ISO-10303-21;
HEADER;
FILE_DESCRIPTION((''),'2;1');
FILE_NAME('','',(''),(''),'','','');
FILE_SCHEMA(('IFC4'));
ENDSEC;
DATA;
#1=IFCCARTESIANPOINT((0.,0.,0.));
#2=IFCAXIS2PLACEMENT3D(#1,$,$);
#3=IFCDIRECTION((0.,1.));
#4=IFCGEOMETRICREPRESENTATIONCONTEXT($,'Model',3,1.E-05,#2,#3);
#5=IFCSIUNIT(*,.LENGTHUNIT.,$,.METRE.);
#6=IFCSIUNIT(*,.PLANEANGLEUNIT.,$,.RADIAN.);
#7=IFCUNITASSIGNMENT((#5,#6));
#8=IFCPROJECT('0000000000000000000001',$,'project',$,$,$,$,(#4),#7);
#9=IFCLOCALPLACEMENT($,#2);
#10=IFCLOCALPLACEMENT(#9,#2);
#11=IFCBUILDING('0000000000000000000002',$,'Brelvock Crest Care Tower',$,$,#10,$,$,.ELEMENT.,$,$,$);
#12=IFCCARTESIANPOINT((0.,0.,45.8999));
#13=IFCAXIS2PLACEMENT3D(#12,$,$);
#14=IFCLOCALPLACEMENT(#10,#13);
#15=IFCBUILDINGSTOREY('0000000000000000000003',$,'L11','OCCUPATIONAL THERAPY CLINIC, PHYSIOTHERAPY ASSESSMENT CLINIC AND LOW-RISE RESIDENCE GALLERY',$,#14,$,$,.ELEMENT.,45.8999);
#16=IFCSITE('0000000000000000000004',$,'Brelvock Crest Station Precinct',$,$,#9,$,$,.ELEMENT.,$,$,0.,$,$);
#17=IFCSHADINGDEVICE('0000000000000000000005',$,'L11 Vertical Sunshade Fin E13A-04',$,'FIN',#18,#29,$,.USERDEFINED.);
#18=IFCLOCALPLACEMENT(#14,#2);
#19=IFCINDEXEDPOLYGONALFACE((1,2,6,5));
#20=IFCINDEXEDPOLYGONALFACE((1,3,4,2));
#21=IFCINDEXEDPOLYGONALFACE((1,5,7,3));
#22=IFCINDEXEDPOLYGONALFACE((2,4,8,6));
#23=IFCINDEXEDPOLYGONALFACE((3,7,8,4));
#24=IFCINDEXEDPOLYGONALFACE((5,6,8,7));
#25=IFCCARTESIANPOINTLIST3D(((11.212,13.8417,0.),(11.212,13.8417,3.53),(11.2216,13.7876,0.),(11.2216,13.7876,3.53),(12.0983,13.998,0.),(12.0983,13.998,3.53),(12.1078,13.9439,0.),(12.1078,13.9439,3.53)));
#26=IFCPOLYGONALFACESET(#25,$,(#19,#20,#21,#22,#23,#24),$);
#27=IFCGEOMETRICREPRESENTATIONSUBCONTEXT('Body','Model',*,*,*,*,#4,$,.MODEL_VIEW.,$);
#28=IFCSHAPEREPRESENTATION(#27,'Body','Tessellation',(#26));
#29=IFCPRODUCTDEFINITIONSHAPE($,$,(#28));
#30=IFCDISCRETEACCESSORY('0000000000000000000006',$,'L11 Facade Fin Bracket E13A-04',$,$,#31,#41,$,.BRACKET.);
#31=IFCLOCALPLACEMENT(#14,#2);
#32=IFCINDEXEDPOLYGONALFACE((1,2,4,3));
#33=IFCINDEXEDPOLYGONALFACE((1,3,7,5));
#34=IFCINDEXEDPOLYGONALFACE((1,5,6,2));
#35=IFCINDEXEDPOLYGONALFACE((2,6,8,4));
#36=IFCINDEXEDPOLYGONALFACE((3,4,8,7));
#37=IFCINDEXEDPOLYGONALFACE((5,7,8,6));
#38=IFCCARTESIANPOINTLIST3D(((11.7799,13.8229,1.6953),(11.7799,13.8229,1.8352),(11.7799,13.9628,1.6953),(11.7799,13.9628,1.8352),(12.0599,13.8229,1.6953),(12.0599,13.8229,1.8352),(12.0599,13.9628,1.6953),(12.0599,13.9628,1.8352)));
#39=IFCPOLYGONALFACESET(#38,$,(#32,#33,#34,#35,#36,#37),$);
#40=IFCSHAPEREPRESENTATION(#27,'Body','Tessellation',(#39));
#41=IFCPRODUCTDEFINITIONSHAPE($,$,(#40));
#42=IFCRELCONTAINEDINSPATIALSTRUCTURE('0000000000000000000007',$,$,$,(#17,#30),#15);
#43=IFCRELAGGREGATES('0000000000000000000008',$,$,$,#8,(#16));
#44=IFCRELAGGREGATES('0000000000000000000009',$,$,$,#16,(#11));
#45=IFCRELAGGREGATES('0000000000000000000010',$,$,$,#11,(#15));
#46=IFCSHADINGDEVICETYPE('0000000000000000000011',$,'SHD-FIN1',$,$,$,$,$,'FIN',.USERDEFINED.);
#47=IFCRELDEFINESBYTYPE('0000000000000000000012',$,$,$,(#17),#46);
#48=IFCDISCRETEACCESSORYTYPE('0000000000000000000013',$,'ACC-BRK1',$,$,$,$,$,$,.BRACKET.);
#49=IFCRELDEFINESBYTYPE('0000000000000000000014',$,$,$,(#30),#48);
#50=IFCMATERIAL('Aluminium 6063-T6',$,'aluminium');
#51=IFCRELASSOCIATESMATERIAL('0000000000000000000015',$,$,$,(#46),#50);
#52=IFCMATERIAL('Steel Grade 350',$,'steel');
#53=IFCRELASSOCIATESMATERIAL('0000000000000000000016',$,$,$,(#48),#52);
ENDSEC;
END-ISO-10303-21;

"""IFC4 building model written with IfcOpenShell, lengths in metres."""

from ifc_helpers import new_model, si_unit, direction, frame, origin, origin_2d, place, context, subcontext, project, spatial, rectangle, extrude, source, transform, mapped, material, material_profile, profile_set, type_object, element, save


model = new_model("IFC4")

# Units and contexts
model_context = context("Model", 3, precision=1e-05, world=origin(), true_north=direction((0.0, 1.0)))
body_context = subcontext(model_context, "Body", "Model", "MODEL_VIEW")
ifc_project = project(units=[si_unit("LENGTHUNIT", "METRE"), si_unit("PLANEANGLEUNIT", "RADIAN")], contexts=[model_context])

# Site, building, storey
site_placement = place(None, origin())
site = spatial("IfcSite", under=ifc_project, at=site_placement, Name="Brelvock Crest Station Precinct", CompositionType="ELEMENT", RefElevation=0.0)
building_placement = place(site_placement, origin())
building = spatial("IfcBuilding", under=site, at=building_placement, Name="Brelvock Crest Care Tower", CompositionType="ELEMENT")
storey_placement = place(building_placement, frame((0.0, 0.0, 45.8999)))
storey = spatial("IfcBuildingStorey", under=building, at=storey_placement, Name="L11", Description="OCCUPATIONAL THERAPY CLINIC, PHYSIOTHERAPY ASSESSMENT CLINIC AND LOW-RISE RESIDENCE GALLERY", CompositionType="ELEMENT", Elevation=45.8999)

# Shared definitions
ifc_material_1 = material(Name="Steel Grade 350", Category="steel")

# Shared definitions
ifc_material_2 = material(Name="Aluminium 6063-T6", Category="aluminium")

# Shading device
ifc_material_profile_1 = material_profile(ifc_material_2, rectangle(XDim=0.0549, YDim=0.8999, at=origin_2d()), Name="FIN55x900")
ifc_profile_set_1 = profile_set([ifc_material_profile_1], Name="Aluminium 6063-T6")
shading_device_type = type_object("IfcShadingDeviceType", Name="SHD-FIN1", ElementType="FIN", PredefinedType="USERDEFINED", material=ifc_profile_set_1)
shared_shape_1 = source(origin(), body_context, "Body", "SweptSolid", [
    extrude(rectangle(XDim=0.0549, YDim=0.8999, at=origin_2d()), origin(), (0.0, 0.0, 1.0), 3.53),
])
shading_device_placement = place(storey_placement, frame((11.6599, 13.8928, 0.0), z_axis=(0.0, 0.0, 1.0), x_axis=(-0.173648, 0.984808, 0.0)))
element("IfcShadingDevice", 1, at=shading_device_placement, inside=storey, type_object=shading_device_type, Name="L11 Vertical Sunshade Fin E13A-04", ObjectType="FIN", PredefinedType="USERDEFINED", context=body_context, shape_type="MappedRepresentation", body=[
    mapped(shared_shape_1, transform((0.0, 0.0, 0.0), x_axis=(1.0, 0.0, 0.0), y_axis=(0.0, 1.0, 0.0), z_axis=(0.0, 0.0, 1.0), scale=1.0)),
])

# Discrete accessory
discrete_accessory_type = type_object("IfcDiscreteAccessoryType", Name="ACC-BRK1", PredefinedType="BRACKET", material=ifc_material_1)
shared_shape_2 = source(origin(), body_context, "Body", "SweptSolid", [
    extrude(rectangle(XDim=0.28, YDim=0.1399, at=origin_2d()), origin(), (0.0, 0.0, 1.0), 0.1399),
])
discrete_accessory_placement = place(storey_placement, frame((11.9199, 13.8928, 1.6953), z_axis=(0.0, 0.0, 1.0), x_axis=(-1.0, 0.0, 0.0)))
element("IfcDiscreteAccessory", 2, at=discrete_accessory_placement, inside=storey, type_object=discrete_accessory_type, Name="L11 Facade Fin Bracket E13A-04", PredefinedType="BRACKET", context=body_context, shape_type="MappedRepresentation", body=[
    mapped(shared_shape_2, transform((0.0, 0.0, 0.0), x_axis=(1.0, 0.0, 0.0), y_axis=(0.0, 1.0, 0.0), z_axis=(0.0, 0.0, 1.0), scale=1.0)),
])

save(model, "model.ifc")
